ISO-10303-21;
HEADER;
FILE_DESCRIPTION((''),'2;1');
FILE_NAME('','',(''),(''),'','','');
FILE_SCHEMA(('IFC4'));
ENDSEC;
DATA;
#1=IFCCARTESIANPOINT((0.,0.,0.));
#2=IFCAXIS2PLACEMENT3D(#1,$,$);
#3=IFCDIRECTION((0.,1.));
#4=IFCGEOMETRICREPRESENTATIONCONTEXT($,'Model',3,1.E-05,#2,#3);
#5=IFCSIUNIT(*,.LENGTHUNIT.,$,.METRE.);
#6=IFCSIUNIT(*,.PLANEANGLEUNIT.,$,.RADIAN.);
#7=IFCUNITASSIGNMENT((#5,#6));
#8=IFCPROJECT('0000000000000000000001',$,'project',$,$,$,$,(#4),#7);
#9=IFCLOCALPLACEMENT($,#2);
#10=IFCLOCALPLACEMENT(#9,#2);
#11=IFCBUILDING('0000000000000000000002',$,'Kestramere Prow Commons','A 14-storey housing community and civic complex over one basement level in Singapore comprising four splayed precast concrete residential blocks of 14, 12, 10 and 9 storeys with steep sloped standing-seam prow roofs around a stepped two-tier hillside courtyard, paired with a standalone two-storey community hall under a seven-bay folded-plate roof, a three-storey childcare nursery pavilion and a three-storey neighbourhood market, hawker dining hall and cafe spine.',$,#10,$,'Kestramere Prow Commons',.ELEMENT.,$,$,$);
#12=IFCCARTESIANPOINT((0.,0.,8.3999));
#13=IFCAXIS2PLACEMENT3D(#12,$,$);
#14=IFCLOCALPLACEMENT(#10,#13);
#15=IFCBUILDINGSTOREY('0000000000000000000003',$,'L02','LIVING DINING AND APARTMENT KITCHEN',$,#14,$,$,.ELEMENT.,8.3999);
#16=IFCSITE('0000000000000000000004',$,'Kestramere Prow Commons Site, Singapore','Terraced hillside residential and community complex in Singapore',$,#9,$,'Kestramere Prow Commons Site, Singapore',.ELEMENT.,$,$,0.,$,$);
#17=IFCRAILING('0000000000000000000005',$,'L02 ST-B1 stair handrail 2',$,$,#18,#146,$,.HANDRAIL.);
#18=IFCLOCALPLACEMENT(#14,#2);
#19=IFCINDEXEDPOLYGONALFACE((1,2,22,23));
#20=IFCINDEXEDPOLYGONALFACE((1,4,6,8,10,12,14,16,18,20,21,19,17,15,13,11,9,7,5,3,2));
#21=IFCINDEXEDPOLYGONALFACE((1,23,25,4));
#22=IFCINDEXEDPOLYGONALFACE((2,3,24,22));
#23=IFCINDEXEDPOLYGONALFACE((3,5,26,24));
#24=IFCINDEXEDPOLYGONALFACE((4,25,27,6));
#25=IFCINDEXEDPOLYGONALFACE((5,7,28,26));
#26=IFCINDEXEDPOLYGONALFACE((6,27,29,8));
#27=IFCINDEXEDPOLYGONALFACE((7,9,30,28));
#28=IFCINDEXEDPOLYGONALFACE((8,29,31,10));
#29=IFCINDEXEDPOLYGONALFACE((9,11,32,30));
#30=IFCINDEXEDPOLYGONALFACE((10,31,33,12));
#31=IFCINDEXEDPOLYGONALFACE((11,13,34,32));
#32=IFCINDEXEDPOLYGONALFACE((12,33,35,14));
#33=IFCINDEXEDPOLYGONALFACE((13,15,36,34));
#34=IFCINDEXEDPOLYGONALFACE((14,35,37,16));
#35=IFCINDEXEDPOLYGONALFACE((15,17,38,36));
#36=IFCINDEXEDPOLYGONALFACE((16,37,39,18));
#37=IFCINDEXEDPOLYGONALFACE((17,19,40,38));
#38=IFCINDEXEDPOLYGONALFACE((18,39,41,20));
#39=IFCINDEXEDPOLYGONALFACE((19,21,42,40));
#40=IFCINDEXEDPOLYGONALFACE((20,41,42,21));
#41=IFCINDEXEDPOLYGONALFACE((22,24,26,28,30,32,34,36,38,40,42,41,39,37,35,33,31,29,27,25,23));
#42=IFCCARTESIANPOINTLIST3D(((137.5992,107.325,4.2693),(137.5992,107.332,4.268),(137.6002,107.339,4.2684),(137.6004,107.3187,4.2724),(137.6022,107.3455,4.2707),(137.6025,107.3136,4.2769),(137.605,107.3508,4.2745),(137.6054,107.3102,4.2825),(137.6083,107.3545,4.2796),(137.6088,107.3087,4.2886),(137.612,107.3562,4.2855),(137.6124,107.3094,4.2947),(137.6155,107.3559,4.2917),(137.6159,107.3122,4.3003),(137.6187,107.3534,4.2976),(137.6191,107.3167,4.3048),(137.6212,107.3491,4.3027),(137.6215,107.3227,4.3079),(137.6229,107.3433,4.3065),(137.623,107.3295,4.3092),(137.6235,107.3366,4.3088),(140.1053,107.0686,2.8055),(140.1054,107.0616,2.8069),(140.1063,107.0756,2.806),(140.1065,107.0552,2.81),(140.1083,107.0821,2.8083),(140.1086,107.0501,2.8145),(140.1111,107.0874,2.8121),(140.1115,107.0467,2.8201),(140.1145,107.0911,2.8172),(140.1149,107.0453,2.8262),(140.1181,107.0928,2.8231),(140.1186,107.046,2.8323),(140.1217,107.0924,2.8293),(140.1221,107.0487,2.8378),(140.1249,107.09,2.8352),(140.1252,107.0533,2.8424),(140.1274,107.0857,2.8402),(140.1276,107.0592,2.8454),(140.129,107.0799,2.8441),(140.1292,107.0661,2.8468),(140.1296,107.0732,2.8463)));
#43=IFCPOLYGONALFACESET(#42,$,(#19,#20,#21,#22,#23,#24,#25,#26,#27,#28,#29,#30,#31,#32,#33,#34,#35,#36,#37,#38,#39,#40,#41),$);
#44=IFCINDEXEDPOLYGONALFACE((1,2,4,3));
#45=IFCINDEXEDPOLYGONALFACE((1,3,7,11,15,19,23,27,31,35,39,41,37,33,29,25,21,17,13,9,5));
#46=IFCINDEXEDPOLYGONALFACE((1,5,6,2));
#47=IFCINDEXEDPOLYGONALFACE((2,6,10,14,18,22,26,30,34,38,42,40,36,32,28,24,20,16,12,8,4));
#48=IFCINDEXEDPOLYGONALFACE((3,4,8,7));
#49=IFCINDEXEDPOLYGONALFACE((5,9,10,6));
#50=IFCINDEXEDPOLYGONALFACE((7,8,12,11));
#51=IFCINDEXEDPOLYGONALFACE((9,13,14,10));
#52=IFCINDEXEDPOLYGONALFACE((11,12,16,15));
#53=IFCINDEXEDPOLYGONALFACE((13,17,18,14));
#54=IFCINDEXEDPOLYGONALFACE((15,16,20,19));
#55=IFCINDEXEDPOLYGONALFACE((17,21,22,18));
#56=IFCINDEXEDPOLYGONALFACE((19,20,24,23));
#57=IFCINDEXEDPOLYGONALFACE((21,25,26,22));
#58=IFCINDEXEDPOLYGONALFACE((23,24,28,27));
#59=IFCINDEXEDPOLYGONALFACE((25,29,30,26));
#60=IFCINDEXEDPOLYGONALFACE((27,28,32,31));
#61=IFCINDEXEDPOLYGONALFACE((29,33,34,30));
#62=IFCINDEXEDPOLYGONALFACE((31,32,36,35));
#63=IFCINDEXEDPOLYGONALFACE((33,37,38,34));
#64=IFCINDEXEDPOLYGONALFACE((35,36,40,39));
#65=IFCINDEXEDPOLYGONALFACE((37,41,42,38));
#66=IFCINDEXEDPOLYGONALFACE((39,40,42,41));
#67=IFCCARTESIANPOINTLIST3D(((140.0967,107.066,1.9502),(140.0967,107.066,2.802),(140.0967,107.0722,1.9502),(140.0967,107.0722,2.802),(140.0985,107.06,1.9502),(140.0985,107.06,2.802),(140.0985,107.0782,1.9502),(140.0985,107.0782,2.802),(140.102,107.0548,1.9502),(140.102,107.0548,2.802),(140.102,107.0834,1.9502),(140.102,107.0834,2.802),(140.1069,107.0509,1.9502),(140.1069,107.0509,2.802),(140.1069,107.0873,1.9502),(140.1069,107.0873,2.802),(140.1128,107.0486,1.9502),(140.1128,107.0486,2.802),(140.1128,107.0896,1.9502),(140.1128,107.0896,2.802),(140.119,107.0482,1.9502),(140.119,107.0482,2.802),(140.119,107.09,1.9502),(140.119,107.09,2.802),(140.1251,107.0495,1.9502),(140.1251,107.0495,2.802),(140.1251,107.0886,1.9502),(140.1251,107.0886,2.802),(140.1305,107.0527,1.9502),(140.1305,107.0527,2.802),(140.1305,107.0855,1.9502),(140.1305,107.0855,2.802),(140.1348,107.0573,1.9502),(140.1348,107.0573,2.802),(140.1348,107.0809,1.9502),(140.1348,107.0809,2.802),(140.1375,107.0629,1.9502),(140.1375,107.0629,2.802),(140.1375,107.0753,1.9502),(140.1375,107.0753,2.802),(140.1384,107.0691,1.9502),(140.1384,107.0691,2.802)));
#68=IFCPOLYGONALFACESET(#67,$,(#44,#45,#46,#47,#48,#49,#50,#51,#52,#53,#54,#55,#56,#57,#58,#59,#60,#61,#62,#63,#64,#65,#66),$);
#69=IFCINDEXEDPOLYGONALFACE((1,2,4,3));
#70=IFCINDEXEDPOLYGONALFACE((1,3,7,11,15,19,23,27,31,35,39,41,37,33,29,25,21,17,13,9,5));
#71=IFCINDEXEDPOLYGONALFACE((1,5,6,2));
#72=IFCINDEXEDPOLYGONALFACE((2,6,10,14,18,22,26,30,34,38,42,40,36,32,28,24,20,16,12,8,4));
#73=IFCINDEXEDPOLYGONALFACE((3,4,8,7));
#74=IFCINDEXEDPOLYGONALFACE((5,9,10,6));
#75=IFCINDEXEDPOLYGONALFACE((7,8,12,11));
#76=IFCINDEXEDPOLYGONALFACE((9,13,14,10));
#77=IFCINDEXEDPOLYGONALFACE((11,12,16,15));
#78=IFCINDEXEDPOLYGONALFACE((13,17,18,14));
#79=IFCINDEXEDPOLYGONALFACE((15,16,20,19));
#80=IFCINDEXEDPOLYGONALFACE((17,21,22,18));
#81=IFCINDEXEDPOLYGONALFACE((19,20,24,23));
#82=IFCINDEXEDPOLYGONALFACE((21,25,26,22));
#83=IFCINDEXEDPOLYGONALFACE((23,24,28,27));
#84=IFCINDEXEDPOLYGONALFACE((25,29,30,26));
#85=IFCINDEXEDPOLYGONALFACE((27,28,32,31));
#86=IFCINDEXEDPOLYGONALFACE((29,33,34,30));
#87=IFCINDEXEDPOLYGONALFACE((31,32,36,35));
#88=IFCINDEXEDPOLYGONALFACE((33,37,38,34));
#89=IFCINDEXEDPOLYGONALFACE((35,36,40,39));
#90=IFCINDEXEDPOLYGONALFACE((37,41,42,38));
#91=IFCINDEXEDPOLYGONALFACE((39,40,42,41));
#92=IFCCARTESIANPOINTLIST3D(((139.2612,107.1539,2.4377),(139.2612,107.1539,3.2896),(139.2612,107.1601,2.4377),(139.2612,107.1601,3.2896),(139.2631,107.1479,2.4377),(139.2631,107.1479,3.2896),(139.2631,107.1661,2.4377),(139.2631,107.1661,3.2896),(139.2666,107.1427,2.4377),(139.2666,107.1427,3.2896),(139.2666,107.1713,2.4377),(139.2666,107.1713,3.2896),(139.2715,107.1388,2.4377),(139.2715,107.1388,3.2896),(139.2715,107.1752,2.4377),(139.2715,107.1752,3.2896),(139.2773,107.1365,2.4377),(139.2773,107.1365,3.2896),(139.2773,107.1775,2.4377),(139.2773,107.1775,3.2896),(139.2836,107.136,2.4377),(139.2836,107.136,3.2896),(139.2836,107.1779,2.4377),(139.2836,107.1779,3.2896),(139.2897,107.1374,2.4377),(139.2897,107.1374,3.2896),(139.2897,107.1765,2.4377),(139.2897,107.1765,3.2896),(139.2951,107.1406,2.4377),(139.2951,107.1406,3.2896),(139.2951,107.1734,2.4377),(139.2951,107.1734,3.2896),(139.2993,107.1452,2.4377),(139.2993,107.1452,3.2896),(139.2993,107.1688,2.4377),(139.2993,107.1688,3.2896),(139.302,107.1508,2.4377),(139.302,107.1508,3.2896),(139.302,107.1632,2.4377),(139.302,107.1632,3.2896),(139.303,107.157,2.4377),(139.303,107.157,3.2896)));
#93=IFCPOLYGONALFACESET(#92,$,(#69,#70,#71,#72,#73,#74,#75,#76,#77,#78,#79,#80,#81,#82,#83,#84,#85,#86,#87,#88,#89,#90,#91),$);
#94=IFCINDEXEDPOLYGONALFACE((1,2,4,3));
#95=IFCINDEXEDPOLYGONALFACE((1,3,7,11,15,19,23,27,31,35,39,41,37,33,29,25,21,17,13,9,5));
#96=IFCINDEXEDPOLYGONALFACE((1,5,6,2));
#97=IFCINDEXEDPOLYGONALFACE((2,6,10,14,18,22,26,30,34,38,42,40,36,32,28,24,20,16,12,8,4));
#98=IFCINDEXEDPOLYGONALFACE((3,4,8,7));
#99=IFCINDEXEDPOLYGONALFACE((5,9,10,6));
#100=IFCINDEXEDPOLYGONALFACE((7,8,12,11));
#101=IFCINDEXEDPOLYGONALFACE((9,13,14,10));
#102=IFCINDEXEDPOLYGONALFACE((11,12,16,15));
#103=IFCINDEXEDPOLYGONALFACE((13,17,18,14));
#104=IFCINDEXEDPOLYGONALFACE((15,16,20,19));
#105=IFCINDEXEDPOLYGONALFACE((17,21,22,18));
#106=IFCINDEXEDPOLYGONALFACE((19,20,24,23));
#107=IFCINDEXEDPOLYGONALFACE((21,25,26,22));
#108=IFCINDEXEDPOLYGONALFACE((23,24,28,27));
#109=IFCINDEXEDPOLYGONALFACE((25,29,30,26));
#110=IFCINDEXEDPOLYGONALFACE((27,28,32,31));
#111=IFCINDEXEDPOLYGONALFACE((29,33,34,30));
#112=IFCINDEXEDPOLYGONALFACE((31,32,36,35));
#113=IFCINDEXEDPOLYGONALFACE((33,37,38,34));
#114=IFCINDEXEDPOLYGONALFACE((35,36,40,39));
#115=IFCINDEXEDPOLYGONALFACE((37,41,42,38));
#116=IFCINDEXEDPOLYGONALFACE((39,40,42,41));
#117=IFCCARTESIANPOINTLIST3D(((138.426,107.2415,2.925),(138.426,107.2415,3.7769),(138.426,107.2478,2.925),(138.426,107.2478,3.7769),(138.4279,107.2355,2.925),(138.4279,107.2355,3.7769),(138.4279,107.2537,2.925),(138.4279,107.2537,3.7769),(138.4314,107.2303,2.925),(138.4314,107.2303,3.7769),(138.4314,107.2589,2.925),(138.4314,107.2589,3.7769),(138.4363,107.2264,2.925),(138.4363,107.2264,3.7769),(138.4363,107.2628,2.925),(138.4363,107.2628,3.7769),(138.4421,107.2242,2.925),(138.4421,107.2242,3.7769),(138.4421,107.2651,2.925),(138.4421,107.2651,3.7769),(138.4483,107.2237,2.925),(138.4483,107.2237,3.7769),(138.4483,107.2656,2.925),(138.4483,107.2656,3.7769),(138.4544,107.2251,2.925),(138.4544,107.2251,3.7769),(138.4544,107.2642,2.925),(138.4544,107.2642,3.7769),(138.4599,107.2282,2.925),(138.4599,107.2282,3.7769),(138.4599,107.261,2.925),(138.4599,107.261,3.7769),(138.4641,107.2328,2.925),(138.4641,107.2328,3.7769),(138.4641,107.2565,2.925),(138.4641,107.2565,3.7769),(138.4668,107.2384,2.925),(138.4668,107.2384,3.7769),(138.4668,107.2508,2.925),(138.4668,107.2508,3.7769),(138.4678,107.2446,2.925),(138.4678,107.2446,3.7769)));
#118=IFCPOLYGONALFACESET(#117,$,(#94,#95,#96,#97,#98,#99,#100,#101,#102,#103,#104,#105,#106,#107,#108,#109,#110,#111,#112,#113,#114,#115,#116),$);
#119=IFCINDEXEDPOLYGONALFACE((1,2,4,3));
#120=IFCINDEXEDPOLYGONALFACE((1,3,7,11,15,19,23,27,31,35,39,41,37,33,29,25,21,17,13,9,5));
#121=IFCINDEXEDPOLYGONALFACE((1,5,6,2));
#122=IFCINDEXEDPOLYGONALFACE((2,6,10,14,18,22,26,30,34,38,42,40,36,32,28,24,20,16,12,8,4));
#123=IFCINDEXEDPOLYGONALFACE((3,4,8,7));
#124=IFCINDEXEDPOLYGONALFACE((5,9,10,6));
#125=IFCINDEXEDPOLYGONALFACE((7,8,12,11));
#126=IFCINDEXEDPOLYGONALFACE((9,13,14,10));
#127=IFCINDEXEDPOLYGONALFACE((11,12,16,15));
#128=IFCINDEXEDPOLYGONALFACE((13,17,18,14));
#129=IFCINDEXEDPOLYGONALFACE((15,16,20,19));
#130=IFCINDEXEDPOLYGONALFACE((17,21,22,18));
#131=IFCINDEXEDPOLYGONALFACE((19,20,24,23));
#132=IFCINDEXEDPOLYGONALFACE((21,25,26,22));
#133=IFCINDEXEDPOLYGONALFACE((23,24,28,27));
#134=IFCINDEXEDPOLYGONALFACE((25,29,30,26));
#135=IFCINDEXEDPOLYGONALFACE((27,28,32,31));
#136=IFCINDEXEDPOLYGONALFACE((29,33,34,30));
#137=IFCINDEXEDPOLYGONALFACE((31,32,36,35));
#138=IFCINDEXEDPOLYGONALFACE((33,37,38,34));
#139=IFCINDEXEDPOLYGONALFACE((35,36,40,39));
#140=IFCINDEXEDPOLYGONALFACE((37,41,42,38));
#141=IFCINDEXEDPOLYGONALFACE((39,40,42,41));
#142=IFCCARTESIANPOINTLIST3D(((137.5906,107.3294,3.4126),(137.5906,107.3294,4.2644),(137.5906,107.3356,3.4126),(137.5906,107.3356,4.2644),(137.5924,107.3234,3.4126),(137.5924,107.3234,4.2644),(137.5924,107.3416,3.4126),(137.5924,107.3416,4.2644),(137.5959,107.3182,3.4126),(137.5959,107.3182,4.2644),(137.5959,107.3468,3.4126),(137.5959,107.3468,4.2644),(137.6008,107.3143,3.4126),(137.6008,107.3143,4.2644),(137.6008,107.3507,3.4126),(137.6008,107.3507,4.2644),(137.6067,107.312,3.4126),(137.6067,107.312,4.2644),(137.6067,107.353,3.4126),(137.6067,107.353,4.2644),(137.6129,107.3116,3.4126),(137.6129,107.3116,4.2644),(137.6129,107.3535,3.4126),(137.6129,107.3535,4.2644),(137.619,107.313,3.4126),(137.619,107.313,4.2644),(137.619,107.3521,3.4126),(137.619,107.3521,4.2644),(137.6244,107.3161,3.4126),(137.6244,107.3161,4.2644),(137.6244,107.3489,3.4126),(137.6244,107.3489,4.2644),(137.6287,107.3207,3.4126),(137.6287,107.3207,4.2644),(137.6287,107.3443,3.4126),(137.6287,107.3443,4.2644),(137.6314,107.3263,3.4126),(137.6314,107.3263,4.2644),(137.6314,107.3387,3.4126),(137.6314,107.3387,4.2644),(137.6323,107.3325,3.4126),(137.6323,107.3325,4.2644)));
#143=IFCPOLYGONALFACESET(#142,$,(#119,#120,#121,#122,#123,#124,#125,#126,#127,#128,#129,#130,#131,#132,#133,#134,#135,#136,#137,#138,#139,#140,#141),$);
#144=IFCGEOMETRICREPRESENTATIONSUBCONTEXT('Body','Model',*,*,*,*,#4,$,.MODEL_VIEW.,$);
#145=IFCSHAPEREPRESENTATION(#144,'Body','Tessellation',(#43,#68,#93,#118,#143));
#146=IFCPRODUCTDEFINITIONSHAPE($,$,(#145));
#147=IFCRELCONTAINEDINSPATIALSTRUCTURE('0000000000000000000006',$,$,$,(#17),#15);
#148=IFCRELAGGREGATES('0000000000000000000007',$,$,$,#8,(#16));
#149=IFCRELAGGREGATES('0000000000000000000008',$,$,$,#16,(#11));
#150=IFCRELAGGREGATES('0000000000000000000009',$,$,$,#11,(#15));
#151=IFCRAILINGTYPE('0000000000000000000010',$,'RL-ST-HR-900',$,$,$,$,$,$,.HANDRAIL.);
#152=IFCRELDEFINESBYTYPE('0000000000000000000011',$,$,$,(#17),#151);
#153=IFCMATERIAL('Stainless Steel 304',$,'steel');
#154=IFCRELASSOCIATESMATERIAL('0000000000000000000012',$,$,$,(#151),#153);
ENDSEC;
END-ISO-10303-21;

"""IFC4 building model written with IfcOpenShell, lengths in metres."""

from ifc_helpers import new_model, si_unit, direction, frame, origin, origin_2d, place, context, subcontext, project, spatial, circle, extrude, material, type_object, element, save


model = new_model("IFC4")

# Units and contexts
model_context = context("Model", 3, precision=1e-05, world=origin(), true_north=direction((0.0, 1.0)))
body_context = subcontext(model_context, "Body", "Model", "MODEL_VIEW")
ifc_project = project(units=[si_unit("LENGTHUNIT", "METRE"), si_unit("PLANEANGLEUNIT", "RADIAN")], contexts=[model_context])

# Site, building, storey
site_placement = place(None, origin())
site = spatial("IfcSite", under=ifc_project, at=site_placement, Name="Kestramere Prow Commons Site, Singapore", Description="Terraced hillside residential and community complex in Singapore", LongName="Kestramere Prow Commons Site, Singapore", CompositionType="ELEMENT", RefElevation=0.0)
building_placement = place(site_placement, origin())
building = spatial("IfcBuilding", under=site, at=building_placement, Name="Kestramere Prow Commons", Description="A 14-storey housing community and civic complex over one basement level in Singapore comprising four splayed precast concrete residential blocks of 14, 12, 10 and 9 storeys with steep sloped standing-seam prow roofs around a stepped two-tier hillside courtyard, paired with a standalone two-storey community hall under a seven-bay folded-plate roof, a three-storey childcare nursery pavilion and a three-storey neighbourhood market, hawker dining hall and cafe spine.", LongName="Kestramere Prow Commons", CompositionType="ELEMENT")
storey_placement = place(building_placement, frame((0.0, 0.0, 8.3999)))
storey = spatial("IfcBuildingStorey", under=building, at=storey_placement, Name="L02", Description="LIVING DINING AND APARTMENT KITCHEN", CompositionType="ELEMENT", Elevation=8.3999)

# Railing
ifc_material_1 = material(Name="Stainless Steel 304", Category="steel")
railing_type_1 = type_object("IfcRailingType", Name="RL-ST-HR-900", PredefinedType="HANDRAIL", material=ifc_material_1)
railing_1_placement = place(storey_placement, frame((140.1174, 107.0691, 1.9502)))
element("IfcRailing", 1, at=railing_1_placement, inside=storey, type_object=railing_type_1, Name="L02 ST-B1 stair handrail 2", PredefinedType="HANDRAIL", context=body_context, shape_type="SweptSolid", body=[
    extrude(circle(Radius=0.0239, at=origin_2d()), frame((0.0, 0.0, 0.876), z_axis=(-0.860165, 0.090416, 0.501937), x_axis=(-0.104539, -0.994521, 0.0)), (0.0, 0.0, 1.0), 2.9136),
    extrude(circle(Radius=0.021, at=origin_2d()), origin(), (0.0, 0.0, 1.0), 0.8518),
    extrude(circle(Radius=0.021, at=origin_2d()), frame((-0.8354, 0.0879, 0.4875)), (0.0, 0.0, 1.0), 0.8518),
    extrude(circle(Radius=0.021, at=origin_2d()), frame((-1.6707, 0.1755, 0.9749)), (0.0, 0.0, 1.0), 0.8518),
    extrude(circle(Radius=0.021, at=origin_2d()), frame((-2.5061, 0.2634, 1.4624)), (0.0, 0.0, 1.0), 0.8518),
])

save(model, "model.ifc")
